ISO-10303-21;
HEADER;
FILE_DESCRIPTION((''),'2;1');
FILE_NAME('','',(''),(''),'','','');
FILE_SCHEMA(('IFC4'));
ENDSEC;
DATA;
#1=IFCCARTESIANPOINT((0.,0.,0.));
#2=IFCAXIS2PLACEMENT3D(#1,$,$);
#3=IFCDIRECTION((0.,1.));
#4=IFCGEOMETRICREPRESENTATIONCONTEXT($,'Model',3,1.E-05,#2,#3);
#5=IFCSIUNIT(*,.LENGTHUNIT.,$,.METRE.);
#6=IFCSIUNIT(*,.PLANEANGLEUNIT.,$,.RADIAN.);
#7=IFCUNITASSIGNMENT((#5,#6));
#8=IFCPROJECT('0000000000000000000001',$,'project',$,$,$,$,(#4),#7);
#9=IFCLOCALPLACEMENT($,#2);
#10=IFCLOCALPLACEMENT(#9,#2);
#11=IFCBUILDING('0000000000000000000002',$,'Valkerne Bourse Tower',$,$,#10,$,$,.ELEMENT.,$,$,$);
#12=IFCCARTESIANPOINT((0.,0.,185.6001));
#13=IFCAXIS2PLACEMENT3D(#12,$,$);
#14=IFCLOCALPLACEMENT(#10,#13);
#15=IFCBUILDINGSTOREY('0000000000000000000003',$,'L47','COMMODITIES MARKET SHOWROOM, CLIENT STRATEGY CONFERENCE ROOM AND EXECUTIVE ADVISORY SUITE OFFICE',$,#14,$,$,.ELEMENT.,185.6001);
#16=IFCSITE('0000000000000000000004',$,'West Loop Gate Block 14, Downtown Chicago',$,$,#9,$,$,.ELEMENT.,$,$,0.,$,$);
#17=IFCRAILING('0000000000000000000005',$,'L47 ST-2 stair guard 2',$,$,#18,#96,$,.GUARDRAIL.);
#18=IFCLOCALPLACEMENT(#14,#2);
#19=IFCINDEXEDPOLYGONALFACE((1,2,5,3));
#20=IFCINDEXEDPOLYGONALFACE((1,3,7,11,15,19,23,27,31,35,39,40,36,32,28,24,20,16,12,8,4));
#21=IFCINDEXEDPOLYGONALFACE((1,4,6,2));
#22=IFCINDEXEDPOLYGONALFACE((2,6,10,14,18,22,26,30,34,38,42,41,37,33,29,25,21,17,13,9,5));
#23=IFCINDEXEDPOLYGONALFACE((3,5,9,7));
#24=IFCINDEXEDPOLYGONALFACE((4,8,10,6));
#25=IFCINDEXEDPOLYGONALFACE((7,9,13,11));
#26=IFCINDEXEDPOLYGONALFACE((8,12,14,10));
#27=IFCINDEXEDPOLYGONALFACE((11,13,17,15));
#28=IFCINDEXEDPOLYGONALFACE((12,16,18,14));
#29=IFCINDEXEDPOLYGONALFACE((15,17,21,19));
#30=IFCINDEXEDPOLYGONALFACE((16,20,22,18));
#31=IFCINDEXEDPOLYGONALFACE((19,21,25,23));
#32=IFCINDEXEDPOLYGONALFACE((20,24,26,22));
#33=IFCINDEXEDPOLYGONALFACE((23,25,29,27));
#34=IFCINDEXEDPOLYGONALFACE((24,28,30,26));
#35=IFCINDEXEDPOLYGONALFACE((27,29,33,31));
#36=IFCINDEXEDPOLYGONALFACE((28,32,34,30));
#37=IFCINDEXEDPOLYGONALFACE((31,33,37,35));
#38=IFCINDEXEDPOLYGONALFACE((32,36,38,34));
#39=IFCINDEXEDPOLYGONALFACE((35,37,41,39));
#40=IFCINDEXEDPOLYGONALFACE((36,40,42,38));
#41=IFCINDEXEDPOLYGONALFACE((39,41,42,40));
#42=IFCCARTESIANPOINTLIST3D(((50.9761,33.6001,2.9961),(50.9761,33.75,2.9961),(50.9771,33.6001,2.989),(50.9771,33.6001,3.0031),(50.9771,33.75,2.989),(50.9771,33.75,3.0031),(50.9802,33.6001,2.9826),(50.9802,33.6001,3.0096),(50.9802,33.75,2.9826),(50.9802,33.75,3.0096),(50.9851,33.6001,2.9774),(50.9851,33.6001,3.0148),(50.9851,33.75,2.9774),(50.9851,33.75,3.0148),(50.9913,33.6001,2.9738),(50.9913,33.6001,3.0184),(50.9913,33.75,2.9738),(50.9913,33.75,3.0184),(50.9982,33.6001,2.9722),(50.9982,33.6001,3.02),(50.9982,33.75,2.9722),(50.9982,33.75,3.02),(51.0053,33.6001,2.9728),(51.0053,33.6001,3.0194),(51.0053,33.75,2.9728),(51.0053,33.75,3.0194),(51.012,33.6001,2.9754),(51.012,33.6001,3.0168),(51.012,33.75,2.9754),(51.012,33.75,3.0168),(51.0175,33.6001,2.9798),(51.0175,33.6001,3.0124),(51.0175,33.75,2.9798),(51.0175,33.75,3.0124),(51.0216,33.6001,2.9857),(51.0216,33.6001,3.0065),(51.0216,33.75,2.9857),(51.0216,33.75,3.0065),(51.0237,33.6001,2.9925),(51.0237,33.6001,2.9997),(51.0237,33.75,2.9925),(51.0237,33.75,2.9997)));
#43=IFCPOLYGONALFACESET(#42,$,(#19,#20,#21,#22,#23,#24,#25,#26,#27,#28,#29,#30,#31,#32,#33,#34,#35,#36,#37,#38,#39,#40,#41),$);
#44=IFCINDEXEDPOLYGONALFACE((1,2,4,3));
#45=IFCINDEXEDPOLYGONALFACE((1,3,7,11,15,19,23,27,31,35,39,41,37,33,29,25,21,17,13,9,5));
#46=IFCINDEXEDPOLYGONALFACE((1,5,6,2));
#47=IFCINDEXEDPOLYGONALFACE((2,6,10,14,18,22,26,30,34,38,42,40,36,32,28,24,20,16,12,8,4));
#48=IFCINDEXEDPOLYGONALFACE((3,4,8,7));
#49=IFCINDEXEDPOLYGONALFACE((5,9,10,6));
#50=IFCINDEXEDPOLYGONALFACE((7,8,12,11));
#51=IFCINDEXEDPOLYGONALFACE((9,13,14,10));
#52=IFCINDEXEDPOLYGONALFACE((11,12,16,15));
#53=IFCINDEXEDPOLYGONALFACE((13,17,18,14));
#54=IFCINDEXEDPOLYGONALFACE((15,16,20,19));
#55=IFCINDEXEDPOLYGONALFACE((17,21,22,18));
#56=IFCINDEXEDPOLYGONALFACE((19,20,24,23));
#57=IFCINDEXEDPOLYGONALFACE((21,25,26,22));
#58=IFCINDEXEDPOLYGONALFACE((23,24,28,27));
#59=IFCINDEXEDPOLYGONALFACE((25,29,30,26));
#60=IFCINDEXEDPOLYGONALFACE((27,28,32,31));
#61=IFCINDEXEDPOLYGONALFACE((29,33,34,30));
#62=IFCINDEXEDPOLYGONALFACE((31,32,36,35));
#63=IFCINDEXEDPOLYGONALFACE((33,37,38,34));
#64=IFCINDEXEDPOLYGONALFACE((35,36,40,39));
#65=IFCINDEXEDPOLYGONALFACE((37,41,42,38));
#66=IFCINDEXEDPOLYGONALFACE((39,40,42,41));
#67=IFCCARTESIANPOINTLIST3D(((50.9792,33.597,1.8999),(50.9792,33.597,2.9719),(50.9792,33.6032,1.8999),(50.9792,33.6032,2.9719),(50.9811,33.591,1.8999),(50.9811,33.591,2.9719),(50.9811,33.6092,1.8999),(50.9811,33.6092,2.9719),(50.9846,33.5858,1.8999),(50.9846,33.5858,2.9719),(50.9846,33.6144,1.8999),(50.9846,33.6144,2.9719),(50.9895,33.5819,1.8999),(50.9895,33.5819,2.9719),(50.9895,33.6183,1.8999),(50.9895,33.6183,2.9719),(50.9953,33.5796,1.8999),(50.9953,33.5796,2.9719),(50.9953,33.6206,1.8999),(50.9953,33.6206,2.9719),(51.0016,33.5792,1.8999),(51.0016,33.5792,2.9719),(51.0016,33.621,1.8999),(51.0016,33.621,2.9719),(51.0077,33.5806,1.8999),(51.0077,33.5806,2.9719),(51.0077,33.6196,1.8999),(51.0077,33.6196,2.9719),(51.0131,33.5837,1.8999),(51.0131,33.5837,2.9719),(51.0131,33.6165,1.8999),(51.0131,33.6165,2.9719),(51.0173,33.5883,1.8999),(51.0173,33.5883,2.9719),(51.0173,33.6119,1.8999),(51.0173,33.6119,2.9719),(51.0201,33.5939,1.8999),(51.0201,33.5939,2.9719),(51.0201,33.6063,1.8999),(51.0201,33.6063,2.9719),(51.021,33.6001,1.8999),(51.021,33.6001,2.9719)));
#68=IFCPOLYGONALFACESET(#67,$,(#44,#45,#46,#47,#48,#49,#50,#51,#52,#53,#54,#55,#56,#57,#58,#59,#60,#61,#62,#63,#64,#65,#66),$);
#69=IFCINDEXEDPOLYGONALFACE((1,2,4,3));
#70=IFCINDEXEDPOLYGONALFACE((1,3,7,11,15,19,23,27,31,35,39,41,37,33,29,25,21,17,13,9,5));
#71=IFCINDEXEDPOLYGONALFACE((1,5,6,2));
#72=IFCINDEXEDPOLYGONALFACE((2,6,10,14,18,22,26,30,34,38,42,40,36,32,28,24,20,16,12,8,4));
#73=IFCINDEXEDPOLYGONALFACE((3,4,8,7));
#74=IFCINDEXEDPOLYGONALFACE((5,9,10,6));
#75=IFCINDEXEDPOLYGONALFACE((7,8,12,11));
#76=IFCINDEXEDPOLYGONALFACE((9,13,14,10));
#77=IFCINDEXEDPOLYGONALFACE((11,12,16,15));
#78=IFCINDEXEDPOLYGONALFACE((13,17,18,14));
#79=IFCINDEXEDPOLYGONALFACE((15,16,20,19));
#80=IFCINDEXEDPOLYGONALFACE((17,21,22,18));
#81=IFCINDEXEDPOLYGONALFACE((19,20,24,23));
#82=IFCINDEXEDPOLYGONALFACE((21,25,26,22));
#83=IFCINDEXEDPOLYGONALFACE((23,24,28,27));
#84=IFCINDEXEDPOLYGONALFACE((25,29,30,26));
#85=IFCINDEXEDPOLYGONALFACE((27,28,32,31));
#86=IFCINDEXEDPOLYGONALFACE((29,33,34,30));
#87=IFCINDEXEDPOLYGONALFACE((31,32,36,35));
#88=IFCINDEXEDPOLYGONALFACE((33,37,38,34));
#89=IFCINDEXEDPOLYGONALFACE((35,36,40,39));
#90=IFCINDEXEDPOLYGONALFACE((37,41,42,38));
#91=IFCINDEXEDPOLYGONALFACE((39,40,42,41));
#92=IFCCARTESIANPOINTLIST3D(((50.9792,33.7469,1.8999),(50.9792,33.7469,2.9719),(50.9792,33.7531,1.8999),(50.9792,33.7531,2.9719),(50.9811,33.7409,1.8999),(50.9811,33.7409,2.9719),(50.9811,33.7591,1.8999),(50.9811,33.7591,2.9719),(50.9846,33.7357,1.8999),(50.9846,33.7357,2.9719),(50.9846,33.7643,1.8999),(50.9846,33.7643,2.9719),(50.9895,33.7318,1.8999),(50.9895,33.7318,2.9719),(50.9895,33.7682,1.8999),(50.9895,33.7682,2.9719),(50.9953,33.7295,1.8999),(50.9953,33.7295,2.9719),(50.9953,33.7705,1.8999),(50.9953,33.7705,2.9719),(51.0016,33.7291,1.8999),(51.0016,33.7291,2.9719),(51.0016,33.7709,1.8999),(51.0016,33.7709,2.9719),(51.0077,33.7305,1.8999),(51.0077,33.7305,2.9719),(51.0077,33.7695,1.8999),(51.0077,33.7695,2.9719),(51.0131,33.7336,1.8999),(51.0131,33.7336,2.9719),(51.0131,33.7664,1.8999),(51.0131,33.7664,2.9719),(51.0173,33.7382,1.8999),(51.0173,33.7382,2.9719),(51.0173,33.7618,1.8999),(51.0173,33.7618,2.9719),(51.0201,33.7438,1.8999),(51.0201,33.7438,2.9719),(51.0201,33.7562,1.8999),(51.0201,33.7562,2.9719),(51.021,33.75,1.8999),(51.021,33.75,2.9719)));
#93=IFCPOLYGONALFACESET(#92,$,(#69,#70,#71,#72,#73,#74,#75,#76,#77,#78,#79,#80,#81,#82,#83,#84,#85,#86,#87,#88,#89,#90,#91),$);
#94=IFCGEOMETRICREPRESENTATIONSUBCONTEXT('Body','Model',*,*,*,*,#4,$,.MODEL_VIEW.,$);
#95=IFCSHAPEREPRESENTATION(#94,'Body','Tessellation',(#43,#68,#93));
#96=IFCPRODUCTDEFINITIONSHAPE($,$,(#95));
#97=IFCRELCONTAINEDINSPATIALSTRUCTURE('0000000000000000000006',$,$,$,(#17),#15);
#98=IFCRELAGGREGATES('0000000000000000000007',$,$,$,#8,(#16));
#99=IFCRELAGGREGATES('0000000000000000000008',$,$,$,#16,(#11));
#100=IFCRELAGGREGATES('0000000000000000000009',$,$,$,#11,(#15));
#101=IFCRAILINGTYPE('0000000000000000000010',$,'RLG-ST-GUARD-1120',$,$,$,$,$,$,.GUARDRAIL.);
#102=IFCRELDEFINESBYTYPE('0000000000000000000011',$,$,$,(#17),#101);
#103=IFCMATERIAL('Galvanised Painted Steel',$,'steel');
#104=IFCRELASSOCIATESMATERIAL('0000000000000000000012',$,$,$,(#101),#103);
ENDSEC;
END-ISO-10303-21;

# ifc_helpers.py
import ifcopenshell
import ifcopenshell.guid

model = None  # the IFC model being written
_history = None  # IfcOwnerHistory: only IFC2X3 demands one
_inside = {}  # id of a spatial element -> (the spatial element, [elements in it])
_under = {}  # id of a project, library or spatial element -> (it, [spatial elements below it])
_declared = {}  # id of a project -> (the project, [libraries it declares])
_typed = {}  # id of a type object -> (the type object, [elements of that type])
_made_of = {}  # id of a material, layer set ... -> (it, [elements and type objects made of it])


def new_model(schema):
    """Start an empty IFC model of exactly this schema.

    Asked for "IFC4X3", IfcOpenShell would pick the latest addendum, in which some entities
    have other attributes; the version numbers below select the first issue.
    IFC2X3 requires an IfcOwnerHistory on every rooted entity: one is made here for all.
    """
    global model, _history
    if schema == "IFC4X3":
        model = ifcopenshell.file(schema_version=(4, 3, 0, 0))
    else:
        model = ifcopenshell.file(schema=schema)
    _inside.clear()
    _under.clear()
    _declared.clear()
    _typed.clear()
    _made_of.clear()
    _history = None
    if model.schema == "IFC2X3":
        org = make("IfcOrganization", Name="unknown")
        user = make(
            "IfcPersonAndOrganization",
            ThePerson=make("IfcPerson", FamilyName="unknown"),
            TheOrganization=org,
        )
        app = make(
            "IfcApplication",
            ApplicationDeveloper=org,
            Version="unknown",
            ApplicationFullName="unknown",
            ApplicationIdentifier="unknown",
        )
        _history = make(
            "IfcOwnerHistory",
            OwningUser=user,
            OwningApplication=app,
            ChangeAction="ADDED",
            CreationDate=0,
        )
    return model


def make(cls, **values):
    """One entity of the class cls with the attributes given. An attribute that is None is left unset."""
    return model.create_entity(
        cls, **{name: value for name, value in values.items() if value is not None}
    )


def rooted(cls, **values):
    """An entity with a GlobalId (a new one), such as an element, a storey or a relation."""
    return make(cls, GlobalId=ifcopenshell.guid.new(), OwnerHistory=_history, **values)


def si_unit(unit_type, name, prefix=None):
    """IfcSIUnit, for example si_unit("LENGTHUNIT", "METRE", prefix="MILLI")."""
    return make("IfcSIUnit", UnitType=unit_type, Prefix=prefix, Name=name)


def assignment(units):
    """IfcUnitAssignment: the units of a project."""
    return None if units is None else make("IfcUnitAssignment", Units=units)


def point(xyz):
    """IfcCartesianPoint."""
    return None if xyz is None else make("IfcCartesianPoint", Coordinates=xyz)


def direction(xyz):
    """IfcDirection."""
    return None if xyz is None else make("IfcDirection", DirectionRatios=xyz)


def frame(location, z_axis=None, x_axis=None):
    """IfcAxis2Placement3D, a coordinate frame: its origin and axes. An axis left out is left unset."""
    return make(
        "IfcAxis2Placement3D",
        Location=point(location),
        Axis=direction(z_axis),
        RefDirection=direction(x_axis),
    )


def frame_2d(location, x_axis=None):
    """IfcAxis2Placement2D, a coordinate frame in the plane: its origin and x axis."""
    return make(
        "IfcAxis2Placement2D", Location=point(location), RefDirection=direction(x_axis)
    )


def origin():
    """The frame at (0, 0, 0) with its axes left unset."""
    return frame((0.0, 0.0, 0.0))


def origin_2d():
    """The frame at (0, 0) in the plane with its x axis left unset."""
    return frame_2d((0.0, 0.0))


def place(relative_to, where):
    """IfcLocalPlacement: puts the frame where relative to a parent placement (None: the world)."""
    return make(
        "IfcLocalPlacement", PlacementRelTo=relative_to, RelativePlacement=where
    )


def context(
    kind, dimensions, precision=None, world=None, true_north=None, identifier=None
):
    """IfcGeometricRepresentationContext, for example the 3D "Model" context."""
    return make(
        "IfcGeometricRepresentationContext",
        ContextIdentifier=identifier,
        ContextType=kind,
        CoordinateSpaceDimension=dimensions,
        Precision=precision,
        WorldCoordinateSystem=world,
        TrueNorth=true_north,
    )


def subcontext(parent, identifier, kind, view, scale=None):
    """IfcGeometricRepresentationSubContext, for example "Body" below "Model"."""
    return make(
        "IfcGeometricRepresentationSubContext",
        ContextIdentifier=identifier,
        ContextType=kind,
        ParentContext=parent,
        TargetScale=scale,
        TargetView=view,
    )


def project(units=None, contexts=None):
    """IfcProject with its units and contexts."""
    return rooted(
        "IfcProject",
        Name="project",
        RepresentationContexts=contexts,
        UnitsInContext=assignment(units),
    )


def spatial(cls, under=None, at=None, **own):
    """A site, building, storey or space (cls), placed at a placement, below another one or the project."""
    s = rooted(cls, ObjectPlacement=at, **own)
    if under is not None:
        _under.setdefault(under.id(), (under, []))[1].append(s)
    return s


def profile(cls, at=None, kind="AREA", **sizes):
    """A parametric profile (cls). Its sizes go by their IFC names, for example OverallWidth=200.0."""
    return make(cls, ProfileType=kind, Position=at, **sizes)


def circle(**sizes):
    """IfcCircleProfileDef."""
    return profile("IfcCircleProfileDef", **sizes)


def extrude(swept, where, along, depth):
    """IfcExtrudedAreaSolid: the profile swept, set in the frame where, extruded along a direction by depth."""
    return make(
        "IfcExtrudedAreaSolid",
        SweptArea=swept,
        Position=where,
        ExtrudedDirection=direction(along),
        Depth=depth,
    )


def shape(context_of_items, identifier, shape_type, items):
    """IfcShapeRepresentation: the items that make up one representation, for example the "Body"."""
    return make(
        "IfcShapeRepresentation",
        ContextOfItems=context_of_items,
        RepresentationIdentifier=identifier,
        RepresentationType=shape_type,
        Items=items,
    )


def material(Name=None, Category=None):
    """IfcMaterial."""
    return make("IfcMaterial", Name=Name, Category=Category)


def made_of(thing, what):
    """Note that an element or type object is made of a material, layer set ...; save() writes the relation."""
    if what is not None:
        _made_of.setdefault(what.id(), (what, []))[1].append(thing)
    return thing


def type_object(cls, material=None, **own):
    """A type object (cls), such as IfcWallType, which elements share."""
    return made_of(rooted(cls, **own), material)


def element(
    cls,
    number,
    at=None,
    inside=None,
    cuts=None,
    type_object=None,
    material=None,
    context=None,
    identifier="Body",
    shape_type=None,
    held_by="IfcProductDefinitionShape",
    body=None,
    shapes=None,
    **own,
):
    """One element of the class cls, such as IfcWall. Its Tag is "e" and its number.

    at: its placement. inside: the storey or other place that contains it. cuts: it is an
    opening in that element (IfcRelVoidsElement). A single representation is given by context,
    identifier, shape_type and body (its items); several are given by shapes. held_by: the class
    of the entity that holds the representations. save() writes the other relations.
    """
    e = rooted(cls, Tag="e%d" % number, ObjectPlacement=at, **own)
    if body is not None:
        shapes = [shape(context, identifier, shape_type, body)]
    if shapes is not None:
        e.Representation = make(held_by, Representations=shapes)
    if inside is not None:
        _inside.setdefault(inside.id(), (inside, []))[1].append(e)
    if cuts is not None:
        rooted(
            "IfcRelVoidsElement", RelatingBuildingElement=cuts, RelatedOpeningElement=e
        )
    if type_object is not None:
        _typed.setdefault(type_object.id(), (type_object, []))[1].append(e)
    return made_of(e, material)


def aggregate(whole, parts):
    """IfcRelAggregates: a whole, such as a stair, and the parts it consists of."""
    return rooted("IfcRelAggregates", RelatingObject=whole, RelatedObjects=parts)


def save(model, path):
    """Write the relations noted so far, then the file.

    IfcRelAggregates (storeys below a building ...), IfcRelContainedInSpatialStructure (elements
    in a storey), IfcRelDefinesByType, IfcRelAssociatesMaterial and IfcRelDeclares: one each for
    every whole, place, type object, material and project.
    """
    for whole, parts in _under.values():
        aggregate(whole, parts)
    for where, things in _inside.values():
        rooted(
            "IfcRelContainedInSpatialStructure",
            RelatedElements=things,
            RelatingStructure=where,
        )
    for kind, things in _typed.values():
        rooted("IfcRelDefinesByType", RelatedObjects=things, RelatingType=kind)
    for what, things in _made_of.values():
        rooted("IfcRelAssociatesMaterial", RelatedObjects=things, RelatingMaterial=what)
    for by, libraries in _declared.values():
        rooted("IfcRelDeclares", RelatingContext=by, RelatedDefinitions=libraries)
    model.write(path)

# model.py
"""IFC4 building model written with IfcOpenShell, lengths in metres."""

from ifc_helpers import new_model, si_unit, direction, frame, origin, origin_2d, place, context, subcontext, project, spatial, circle, extrude, material, type_object, element, save


model = new_model("IFC4")

# Units and contexts
model_context = context("Model", 3, precision=1e-05, world=origin(), true_north=direction((0.0, 1.0)))
body_context = subcontext(model_context, "Body", "Model", "MODEL_VIEW")
ifc_project = project(units=[si_unit("LENGTHUNIT", "METRE"), si_unit("PLANEANGLEUNIT", "RADIAN")], contexts=[model_context])

# Site, building, storey
site_placement = place(None, origin())
site = spatial("IfcSite", under=ifc_project, at=site_placement, Name="West Loop Gate Block 14, Downtown Chicago", CompositionType="ELEMENT", RefElevation=0.0)
building_placement = place(site_placement, origin())
building = spatial("IfcBuilding", under=site, at=building_placement, Name="Valkerne Bourse Tower", CompositionType="ELEMENT")
storey_placement = place(building_placement, frame((0.0, 0.0, 185.6001)))
storey = spatial("IfcBuildingStorey", under=building, at=storey_placement, Name="L47", Description="COMMODITIES MARKET SHOWROOM, CLIENT STRATEGY CONFERENCE ROOM AND EXECUTIVE ADVISORY SUITE OFFICE", CompositionType="ELEMENT", Elevation=185.6001)

# Shared definitions
ifc_material_1 = material(Name="Galvanised Painted Steel", Category="steel")

# Railing
railing_type_1 = type_object("IfcRailingType", Name="RLG-ST-GUARD-1120", PredefinedType="GUARDRAIL", material=ifc_material_1)
railing_1_placement = place(storey_placement, frame((51.0, 33.6001, 1.8999)))
element("IfcRailing", 1, at=railing_1_placement, inside=storey, type_object=railing_type_1, Name="L47 ST-2 stair guard 2", PredefinedType="GUARDRAIL", context=body_context, shape_type="SweptSolid", body=[
    extrude(circle(Radius=0.0239, at=origin_2d()), frame((0.0, 0.0, 1.0962), z_axis=(0.0, 1.0, 0.0), x_axis=(-1.0, 0.0, 0.0)), (0.0, 0.0, 1.0), 0.1499),
    extrude(circle(Radius=0.021, at=origin_2d()), origin(), (0.0, 0.0, 1.0), 1.072),
    extrude(circle(Radius=0.021, at=origin_2d()), frame((0.0, 0.1499, 0.0)), (0.0, 0.0, 1.0), 1.072),
])

save(model, "model.ifc")
